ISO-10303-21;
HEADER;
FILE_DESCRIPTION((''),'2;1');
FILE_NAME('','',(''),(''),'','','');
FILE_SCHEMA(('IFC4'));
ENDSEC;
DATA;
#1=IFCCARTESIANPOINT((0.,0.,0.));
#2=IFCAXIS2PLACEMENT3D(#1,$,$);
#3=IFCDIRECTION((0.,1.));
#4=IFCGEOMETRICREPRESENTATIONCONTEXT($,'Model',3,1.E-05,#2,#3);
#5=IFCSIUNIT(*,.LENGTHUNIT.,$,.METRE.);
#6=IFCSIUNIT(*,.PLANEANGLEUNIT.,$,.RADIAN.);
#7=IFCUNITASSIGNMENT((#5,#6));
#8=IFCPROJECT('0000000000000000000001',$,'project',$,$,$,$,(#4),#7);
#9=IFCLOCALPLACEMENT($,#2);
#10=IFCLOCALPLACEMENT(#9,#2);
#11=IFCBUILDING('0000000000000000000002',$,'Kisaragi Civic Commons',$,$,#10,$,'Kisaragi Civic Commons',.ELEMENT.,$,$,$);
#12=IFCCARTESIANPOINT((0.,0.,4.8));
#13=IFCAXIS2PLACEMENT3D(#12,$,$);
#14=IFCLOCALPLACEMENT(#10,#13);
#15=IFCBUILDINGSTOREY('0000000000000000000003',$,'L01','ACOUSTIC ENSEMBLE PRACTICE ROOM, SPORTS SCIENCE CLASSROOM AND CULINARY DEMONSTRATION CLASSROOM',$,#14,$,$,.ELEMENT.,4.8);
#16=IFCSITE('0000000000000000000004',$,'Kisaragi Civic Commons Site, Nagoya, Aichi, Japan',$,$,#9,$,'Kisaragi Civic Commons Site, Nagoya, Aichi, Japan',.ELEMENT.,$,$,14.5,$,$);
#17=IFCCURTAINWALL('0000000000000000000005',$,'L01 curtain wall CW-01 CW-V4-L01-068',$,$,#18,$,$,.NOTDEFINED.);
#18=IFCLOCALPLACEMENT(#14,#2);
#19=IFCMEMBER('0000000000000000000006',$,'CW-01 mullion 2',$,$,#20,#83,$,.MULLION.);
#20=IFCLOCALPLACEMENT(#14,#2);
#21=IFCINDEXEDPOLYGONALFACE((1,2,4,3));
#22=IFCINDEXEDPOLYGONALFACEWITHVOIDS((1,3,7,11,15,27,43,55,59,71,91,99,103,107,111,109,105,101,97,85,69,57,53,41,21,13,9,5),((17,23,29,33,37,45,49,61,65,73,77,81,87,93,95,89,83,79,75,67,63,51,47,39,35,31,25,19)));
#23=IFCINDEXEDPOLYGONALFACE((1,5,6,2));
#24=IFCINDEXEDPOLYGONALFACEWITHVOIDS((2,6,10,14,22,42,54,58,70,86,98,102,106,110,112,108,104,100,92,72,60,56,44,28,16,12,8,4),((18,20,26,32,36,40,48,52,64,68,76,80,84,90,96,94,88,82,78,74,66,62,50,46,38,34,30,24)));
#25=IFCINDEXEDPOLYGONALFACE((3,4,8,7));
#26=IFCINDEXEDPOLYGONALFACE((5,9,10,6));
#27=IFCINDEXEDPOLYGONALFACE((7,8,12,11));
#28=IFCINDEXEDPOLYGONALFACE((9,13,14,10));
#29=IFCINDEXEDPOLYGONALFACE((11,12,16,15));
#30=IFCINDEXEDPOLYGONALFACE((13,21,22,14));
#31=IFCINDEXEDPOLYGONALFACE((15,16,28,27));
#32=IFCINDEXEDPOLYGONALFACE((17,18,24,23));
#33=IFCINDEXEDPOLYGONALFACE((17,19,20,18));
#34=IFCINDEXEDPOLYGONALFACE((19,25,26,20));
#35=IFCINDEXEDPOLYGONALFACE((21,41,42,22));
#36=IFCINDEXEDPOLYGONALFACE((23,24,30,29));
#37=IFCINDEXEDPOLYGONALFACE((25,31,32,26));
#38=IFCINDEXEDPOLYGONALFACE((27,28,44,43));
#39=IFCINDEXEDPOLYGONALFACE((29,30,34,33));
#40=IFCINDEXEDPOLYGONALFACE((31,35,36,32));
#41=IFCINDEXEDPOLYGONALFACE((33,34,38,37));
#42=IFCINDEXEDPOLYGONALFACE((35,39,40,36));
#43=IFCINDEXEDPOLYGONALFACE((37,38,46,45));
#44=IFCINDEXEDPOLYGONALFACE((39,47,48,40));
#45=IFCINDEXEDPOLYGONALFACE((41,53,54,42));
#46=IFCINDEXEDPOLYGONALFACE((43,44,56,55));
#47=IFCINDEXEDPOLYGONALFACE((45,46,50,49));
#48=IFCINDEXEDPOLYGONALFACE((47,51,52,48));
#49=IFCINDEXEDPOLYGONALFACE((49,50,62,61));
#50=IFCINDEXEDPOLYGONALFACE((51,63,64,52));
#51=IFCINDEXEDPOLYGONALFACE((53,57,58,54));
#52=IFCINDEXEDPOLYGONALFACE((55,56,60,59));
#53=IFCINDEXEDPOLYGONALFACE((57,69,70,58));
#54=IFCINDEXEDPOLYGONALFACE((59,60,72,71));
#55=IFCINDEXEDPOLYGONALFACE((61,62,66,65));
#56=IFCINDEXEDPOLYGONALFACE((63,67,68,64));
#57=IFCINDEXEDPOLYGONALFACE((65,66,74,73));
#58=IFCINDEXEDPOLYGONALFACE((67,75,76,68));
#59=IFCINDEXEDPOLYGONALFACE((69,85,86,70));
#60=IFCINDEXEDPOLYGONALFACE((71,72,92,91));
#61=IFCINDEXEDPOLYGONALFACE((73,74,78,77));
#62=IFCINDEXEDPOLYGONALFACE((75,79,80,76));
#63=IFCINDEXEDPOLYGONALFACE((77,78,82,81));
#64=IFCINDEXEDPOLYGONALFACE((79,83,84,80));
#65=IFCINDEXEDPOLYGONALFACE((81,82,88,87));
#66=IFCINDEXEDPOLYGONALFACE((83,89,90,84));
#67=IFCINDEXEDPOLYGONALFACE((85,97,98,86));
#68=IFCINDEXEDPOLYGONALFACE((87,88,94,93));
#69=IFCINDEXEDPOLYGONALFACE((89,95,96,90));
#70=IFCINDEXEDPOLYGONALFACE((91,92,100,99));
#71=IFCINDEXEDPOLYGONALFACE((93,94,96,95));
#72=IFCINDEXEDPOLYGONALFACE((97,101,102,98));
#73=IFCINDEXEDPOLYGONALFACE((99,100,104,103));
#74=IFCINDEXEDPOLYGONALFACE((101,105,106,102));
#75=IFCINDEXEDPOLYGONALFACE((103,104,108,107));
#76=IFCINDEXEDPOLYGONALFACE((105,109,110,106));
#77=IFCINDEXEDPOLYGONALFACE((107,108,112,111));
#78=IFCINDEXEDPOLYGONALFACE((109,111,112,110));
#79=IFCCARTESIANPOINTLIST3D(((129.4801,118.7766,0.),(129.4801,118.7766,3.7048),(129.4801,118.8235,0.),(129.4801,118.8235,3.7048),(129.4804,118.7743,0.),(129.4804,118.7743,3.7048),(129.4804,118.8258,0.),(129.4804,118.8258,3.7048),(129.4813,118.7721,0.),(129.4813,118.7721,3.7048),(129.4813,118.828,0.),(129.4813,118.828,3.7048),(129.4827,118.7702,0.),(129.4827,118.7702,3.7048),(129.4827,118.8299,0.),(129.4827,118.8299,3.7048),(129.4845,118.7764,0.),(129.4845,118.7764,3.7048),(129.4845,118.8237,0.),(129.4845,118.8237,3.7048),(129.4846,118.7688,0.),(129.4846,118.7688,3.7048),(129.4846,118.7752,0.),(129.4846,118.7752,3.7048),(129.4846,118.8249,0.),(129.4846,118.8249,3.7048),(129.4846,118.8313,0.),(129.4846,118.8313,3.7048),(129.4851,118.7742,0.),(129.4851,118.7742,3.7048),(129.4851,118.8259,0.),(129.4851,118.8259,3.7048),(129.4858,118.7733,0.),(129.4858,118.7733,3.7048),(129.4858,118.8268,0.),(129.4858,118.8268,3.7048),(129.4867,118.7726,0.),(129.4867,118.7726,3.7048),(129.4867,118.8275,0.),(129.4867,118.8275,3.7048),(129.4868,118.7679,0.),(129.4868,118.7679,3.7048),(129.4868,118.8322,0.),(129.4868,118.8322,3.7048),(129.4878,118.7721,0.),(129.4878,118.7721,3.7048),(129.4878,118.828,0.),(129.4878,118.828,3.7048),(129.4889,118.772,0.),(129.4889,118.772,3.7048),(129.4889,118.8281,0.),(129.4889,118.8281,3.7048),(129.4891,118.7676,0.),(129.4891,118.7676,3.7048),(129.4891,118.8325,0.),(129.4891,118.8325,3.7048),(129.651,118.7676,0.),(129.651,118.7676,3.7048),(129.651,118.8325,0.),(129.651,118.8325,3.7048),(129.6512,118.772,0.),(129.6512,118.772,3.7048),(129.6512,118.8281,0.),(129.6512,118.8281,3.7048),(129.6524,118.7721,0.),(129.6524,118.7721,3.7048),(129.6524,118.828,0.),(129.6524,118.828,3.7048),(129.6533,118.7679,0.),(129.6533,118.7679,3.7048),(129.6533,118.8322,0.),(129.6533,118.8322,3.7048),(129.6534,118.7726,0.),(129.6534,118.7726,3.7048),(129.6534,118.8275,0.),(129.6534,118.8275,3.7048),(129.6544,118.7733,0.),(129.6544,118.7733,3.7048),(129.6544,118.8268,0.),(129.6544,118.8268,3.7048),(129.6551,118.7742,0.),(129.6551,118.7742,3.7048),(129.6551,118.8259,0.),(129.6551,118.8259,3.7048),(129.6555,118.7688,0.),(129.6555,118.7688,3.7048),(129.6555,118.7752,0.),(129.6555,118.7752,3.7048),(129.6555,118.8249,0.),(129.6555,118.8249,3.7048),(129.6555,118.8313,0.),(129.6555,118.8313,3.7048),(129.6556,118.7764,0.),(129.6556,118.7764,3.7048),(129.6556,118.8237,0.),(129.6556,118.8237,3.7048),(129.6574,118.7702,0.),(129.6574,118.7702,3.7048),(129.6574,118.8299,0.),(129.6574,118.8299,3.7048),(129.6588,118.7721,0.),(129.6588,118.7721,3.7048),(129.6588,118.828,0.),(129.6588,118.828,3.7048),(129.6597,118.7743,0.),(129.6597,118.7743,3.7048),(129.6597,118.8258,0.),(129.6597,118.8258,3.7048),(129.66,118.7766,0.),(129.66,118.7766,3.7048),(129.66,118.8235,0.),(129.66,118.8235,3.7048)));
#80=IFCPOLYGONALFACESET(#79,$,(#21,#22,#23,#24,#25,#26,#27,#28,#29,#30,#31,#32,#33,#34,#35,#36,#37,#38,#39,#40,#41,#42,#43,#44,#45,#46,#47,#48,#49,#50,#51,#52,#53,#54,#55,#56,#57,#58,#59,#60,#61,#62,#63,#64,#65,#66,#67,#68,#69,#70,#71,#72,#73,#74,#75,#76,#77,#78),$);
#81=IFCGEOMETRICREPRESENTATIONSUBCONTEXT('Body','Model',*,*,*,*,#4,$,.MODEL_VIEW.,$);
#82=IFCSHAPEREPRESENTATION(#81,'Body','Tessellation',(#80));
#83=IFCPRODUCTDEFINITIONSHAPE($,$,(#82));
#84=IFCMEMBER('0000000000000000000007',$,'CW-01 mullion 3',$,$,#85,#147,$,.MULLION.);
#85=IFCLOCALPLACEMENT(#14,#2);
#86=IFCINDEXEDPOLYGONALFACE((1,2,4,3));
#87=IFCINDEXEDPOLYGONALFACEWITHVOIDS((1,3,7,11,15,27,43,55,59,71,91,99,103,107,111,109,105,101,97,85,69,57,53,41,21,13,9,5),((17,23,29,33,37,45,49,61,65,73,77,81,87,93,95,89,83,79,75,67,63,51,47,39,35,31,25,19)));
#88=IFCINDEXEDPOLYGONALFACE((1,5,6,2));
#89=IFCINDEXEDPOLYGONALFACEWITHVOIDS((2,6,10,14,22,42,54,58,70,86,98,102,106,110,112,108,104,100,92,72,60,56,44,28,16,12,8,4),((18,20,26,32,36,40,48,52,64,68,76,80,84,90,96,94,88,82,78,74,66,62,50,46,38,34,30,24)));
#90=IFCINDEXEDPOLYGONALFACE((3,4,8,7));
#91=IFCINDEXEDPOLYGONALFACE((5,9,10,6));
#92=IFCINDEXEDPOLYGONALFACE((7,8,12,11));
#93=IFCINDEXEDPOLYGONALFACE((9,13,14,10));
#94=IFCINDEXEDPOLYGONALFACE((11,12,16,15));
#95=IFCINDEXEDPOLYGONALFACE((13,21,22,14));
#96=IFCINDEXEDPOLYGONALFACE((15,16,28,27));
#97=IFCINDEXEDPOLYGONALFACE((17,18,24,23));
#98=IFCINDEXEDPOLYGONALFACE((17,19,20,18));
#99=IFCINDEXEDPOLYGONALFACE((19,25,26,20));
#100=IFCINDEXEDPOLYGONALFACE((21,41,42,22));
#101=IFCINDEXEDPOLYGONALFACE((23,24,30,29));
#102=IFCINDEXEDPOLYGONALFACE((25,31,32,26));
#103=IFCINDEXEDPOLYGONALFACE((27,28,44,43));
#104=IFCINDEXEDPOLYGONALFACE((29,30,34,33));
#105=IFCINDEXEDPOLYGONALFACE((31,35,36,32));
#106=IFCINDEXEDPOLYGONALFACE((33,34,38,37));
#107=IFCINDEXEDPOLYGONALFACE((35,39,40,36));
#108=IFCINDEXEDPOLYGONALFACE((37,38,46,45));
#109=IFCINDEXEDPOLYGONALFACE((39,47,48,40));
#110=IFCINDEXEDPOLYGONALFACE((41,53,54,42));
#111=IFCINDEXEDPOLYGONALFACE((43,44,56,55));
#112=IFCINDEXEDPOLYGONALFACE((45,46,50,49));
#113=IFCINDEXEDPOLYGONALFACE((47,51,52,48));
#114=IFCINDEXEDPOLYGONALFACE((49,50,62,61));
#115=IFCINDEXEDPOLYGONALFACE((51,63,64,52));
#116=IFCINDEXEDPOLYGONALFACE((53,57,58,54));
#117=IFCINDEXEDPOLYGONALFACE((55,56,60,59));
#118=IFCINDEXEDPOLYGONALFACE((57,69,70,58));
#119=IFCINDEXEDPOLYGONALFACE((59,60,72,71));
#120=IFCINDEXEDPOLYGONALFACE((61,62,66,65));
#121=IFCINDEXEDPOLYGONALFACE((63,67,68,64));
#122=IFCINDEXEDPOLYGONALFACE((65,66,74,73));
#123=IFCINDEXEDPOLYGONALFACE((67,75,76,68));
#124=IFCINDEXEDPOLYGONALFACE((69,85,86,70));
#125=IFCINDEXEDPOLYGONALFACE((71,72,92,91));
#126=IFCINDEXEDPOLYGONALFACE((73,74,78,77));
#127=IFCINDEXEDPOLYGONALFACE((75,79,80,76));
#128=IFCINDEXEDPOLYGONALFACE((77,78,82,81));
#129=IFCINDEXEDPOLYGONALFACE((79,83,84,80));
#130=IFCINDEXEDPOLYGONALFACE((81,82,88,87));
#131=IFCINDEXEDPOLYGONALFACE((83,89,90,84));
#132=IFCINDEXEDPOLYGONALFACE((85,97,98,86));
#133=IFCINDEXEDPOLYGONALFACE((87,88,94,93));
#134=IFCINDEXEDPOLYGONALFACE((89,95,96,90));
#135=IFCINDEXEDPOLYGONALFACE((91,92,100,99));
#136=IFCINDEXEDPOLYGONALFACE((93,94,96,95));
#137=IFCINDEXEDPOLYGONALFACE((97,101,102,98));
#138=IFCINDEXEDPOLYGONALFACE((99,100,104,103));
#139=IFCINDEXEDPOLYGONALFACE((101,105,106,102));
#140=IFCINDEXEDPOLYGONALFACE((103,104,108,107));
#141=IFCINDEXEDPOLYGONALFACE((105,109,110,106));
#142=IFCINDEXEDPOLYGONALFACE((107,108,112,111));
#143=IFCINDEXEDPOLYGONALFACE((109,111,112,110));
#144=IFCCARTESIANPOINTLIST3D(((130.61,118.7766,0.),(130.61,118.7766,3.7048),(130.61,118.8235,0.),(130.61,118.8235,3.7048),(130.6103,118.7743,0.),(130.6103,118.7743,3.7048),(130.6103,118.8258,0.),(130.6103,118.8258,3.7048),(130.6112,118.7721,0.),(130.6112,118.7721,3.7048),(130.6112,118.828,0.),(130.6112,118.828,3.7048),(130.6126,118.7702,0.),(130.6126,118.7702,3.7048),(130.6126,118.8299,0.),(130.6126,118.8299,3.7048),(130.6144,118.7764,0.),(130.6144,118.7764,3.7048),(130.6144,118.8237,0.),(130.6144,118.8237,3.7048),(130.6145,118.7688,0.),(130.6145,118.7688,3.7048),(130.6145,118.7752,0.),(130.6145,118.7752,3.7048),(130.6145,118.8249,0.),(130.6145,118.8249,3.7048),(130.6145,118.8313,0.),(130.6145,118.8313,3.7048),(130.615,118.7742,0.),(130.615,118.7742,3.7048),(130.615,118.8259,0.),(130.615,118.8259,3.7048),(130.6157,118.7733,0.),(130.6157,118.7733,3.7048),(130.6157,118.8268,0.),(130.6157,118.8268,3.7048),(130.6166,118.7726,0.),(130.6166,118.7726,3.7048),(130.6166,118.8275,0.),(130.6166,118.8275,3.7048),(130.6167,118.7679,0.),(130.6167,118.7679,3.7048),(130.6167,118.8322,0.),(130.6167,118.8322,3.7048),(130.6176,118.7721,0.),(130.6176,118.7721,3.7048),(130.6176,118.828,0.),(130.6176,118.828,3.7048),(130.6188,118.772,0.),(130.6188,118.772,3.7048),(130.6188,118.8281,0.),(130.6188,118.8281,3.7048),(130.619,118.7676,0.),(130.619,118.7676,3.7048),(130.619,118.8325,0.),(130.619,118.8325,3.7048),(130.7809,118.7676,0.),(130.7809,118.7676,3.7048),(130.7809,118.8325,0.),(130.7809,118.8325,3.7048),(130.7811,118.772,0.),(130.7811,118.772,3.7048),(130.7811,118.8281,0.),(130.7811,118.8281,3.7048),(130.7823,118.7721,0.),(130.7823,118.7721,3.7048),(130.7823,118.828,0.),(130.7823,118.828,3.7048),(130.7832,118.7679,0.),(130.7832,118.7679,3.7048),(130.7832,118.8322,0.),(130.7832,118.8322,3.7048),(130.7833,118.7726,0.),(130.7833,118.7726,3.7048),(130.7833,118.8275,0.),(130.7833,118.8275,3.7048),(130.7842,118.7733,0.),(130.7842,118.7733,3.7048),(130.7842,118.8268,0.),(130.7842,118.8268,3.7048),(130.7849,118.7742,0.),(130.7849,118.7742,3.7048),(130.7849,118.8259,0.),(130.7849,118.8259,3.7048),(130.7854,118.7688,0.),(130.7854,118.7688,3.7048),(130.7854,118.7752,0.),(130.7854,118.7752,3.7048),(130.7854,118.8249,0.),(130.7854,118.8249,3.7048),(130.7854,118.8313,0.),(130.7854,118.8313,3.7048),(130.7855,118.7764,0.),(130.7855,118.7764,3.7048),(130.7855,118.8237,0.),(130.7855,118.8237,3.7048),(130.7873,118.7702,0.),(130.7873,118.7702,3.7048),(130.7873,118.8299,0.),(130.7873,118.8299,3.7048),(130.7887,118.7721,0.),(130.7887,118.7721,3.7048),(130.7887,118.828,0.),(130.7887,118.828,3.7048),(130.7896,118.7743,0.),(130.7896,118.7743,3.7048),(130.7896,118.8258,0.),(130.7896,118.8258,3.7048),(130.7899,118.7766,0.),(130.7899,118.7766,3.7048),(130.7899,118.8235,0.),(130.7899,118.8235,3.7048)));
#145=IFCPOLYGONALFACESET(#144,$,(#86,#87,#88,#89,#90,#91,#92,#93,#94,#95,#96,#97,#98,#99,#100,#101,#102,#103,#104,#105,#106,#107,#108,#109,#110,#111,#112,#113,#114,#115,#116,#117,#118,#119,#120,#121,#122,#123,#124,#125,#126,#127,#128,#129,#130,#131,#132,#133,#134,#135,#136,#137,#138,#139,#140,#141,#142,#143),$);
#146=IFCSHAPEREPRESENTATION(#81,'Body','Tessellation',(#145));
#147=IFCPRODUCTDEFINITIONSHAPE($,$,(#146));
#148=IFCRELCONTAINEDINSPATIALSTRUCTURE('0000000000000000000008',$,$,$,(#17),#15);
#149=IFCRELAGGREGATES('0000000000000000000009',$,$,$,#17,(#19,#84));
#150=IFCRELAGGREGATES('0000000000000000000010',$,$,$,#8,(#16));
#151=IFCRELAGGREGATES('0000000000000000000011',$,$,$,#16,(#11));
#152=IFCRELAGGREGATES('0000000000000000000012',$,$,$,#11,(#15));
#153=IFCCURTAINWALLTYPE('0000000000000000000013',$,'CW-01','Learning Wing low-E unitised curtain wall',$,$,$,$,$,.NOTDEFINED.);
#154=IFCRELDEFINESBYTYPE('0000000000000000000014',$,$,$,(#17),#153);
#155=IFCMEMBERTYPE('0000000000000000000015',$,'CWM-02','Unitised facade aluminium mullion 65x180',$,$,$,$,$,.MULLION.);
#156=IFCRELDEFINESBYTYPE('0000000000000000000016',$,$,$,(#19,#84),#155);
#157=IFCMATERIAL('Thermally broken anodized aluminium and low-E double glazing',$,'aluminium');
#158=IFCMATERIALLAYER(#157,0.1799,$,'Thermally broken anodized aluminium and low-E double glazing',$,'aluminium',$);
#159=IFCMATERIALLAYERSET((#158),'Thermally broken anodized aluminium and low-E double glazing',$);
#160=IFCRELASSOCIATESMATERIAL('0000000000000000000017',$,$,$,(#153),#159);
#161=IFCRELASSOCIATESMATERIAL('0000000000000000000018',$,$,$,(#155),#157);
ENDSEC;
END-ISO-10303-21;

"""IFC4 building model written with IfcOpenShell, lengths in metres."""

from ifc_helpers import new_model, si_unit, direction, frame, origin, origin_2d, place, context, subcontext, project, spatial, hollow_rectangle, extrude, material, layer, layer_set, material_profile, profile_set, type_object, element, aggregate, save


model = new_model("IFC4")

# Units and contexts
model_context = context("Model", 3, precision=1e-05, world=origin(), true_north=direction((0.0, 1.0)))
body_context = subcontext(model_context, "Body", "Model", "MODEL_VIEW")
ifc_project = project(units=[si_unit("LENGTHUNIT", "METRE"), si_unit("PLANEANGLEUNIT", "RADIAN")], contexts=[model_context])

# Site, building, storey
site_placement = place(None, origin())
site = spatial("IfcSite", under=ifc_project, at=site_placement, Name="Kisaragi Civic Commons Site, Nagoya, Aichi, Japan", LongName="Kisaragi Civic Commons Site, Nagoya, Aichi, Japan", CompositionType="ELEMENT", RefElevation=14.5)
building_placement = place(site_placement, origin())
building = spatial("IfcBuilding", under=site, at=building_placement, Name="Kisaragi Civic Commons", LongName="Kisaragi Civic Commons", CompositionType="ELEMENT")
storey_placement = place(building_placement, frame((0.0, 0.0, 4.8)))
storey = spatial("IfcBuildingStorey", under=building, at=storey_placement, Name="L01", Description="ACOUSTIC ENSEMBLE PRACTICE ROOM, SPORTS SCIENCE CLASSROOM AND CULINARY DEMONSTRATION CLASSROOM", CompositionType="ELEMENT", Elevation=4.8)

# Curtain wall, members
ifc_material = material(Name="Thermally broken anodized aluminium and low-E double glazing", Category="aluminium")
ifc_layer_1 = layer(ifc_material, 0.1799, Name="Thermally broken anodized aluminium and low-E double glazing", Category="aluminium")
ifc_layer_set_1 = layer_set([ifc_layer_1], Name="Thermally broken anodized aluminium and low-E double glazing")
curtain_wall_type = type_object("IfcCurtainWallType", Name="CW-01", Description="Learning Wing low-E unitised curtain wall", PredefinedType="NOTDEFINED", material=ifc_layer_set_1)
curtain_wall_placement = place(storey_placement, origin())
curtain_wall = element("IfcCurtainWall", 1, at=curtain_wall_placement, inside=storey, type_object=curtain_wall_type, Name="L01 curtain wall CW-01 CW-V4-L01-068", PredefinedType="NOTDEFINED")
ifc_material_profile_1 = material_profile(ifc_material, hollow_rectangle(XDim=0.0649, YDim=0.1799, WallThickness=0.0044, InnerFilletRadius=0.0044, OuterFilletRadius=0.009, at=origin_2d()), Name="CWM-65x180x4.5", Category="aluminium")
ifc_profile_set_1 = profile_set([ifc_material_profile_1], Name="Thermally broken anodized aluminium and low-E double glazing")
member_type_1 = type_object("IfcMemberType", Name="CWM-02", Description="Unitised facade aluminium mullion 65x180", PredefinedType="MULLION", material=ifc_profile_set_1)
member_1_placement = place(storey_placement, frame((129.5701, 118.8, 0.0), z_axis=(0.0, 0.0, 1.0), x_axis=(0.0, 1.0, 0.0)))
member_1 = element("IfcMember", 2, at=member_1_placement, type_object=member_type_1, Name="CW-01 mullion 2", PredefinedType="MULLION", context=body_context, shape_type="SweptSolid", body=[
    extrude(hollow_rectangle(XDim=0.0649, YDim=0.1799, WallThickness=0.0044, InnerFilletRadius=0.0044, OuterFilletRadius=0.009, at=origin_2d()), origin(), (0.0, 0.0, 1.0), 3.7048),
])
member_2_placement = place(storey_placement, frame((130.7, 118.8, 0.0), z_axis=(0.0, 0.0, 1.0), x_axis=(0.0, 1.0, 0.0)))
member_2 = element("IfcMember", 3, at=member_2_placement, type_object=member_type_1, Name="CW-01 mullion 3", PredefinedType="MULLION", context=body_context, shape_type="SweptSolid", body=[
    extrude(hollow_rectangle(XDim=0.0649, YDim=0.1799, WallThickness=0.0044, InnerFilletRadius=0.0044, OuterFilletRadius=0.009, at=origin_2d()), origin(), (0.0, 0.0, 1.0), 3.7048),
])
aggregate(curtain_wall, [member_1, member_2])

save(model, "model.ifc")
